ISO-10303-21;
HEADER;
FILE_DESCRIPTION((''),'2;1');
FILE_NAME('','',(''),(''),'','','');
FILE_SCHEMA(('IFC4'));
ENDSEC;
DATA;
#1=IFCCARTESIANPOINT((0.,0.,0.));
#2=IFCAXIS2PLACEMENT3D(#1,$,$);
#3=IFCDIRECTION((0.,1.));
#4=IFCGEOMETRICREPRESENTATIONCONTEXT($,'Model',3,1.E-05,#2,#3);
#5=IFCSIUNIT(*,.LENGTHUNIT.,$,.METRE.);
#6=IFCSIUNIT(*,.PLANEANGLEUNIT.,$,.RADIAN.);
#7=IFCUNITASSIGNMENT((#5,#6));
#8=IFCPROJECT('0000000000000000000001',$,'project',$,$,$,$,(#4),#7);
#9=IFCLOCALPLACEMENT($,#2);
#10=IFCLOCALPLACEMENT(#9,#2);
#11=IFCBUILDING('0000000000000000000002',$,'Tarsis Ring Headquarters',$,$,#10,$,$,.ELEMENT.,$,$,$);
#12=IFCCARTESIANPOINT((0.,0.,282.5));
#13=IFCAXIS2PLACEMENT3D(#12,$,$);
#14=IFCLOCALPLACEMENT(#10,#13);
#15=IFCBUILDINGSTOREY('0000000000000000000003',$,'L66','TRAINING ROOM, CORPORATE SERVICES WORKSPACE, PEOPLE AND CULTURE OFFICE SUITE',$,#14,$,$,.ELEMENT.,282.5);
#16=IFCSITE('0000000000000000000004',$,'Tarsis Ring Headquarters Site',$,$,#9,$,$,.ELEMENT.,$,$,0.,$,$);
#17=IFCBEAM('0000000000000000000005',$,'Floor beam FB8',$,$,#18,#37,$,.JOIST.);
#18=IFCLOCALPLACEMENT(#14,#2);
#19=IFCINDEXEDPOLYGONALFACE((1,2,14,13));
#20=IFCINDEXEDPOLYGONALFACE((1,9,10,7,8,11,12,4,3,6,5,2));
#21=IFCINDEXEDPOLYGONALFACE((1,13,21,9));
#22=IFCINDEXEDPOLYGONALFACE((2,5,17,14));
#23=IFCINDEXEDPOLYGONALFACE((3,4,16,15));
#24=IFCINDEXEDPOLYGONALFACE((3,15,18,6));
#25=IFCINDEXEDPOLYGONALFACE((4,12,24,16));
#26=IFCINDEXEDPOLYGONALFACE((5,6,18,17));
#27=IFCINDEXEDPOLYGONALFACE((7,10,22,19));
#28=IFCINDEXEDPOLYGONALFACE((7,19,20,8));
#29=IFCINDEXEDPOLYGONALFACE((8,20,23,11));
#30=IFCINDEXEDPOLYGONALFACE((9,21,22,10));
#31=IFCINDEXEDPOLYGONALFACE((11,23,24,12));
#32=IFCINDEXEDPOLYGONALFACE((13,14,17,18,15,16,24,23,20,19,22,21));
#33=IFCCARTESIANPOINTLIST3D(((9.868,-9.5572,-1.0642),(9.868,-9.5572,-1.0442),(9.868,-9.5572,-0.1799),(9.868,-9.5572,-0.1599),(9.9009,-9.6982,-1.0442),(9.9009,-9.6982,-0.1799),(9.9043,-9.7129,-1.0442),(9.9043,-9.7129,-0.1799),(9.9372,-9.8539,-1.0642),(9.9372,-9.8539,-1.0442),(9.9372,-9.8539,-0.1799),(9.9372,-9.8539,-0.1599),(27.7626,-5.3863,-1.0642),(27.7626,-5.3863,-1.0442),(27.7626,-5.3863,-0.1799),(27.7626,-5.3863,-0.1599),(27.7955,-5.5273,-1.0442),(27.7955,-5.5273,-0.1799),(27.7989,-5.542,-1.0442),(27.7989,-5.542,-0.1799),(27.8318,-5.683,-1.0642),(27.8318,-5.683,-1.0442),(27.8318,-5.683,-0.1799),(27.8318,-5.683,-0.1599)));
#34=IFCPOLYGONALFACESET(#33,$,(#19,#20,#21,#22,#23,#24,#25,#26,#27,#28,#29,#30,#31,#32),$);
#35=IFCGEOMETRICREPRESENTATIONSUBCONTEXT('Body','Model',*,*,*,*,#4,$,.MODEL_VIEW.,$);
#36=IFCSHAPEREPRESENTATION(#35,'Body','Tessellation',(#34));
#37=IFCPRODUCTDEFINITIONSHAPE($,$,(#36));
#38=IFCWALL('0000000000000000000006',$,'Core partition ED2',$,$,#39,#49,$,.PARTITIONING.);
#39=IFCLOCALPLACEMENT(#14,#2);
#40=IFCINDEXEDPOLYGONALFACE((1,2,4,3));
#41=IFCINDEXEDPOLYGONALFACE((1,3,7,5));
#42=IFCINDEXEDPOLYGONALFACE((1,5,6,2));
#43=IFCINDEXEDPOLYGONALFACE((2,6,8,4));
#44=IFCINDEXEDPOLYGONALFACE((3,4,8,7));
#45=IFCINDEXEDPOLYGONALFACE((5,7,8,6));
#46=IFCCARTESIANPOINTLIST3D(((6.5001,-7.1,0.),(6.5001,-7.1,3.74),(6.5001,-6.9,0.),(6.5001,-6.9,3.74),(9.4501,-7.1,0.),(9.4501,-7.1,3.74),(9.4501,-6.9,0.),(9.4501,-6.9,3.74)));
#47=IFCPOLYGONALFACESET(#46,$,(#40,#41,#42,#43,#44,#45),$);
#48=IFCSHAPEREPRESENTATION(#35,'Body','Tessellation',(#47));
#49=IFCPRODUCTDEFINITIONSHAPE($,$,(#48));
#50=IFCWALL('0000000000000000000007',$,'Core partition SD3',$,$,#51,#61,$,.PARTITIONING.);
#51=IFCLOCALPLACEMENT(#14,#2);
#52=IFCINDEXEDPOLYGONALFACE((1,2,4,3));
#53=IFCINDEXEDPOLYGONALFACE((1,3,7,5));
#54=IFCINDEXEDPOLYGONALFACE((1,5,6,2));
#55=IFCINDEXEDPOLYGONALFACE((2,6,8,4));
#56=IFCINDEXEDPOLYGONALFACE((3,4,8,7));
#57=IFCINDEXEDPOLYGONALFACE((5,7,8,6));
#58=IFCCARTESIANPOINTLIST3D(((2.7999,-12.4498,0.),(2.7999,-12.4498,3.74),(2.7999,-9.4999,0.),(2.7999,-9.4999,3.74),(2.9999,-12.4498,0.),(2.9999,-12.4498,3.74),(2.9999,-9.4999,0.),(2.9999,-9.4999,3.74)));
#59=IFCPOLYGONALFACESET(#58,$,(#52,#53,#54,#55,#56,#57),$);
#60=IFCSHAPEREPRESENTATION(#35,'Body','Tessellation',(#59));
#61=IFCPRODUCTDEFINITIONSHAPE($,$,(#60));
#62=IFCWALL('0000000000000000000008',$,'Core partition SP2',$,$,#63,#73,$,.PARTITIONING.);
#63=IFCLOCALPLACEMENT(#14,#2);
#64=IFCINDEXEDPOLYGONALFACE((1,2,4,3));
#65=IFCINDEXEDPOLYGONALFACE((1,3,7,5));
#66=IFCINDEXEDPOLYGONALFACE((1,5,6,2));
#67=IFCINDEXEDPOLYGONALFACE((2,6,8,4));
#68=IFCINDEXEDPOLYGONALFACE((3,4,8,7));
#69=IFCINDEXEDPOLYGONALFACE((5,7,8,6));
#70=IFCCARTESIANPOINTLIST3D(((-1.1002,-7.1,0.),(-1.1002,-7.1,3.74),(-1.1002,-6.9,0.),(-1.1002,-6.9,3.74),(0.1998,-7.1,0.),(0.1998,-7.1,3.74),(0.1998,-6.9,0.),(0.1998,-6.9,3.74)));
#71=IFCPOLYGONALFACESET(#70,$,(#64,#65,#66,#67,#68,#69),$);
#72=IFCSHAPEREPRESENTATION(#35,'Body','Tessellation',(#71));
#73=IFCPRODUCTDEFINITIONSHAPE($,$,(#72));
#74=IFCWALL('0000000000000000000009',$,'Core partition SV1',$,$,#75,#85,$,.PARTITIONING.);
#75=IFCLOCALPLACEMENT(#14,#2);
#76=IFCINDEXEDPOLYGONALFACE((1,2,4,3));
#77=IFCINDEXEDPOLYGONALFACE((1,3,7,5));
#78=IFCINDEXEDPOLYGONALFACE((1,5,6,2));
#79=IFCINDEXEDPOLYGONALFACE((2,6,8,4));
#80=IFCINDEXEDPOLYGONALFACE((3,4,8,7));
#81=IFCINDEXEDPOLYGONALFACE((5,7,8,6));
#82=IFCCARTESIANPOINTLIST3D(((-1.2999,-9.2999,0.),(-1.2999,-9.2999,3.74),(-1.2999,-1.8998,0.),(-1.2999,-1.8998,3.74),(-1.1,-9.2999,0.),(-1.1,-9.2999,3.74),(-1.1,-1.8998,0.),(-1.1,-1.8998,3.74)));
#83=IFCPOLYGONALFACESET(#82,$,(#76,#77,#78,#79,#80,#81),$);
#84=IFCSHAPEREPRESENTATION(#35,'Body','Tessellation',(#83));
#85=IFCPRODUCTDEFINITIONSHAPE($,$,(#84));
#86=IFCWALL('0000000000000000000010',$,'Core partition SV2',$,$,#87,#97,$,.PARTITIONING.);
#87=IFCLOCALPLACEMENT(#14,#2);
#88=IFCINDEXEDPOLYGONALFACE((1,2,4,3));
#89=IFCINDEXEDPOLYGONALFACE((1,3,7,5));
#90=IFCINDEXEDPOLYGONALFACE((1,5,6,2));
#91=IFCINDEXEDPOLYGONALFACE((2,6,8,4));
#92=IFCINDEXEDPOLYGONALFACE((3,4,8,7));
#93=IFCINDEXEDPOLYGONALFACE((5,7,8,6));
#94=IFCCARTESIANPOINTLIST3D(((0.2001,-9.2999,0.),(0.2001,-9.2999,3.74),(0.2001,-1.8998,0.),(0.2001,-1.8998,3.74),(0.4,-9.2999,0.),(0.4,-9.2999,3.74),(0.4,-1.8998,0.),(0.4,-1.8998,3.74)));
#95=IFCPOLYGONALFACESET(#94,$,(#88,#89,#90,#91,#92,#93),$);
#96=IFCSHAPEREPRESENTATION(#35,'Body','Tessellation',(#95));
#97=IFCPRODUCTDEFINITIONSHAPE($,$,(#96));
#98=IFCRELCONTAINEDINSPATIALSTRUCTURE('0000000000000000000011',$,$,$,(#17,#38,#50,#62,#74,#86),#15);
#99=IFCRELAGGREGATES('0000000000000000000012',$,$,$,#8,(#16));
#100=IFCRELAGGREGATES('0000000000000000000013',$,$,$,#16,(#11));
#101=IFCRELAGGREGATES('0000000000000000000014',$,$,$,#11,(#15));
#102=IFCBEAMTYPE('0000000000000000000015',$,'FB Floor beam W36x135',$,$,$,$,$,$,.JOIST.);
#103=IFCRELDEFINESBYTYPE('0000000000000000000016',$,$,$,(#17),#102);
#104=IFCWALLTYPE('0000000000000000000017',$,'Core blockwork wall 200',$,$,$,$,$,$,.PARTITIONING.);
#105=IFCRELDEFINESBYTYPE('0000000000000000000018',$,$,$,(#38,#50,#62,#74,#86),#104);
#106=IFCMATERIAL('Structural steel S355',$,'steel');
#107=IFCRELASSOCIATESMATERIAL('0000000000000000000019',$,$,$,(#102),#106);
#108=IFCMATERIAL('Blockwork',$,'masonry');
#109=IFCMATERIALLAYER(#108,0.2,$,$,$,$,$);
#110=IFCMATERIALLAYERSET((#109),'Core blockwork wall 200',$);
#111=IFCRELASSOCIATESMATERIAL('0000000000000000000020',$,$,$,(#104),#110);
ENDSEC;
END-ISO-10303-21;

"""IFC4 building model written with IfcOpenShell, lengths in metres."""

from ifc_helpers import new_model, si_unit, direction, frame, frame_2d, origin, origin_2d, place, context, subcontext, project, spatial, rectangle, i_section, extrude, material, layer, layer_set, material_profile, profile_set, type_object, element, save


model = new_model("IFC4")

# Units and contexts
model_context = context("Model", 3, precision=1e-05, world=origin(), true_north=direction((0.0, 1.0)))
body_context = subcontext(model_context, "Body", "Model", "MODEL_VIEW")
ifc_project = project(units=[si_unit("LENGTHUNIT", "METRE"), si_unit("PLANEANGLEUNIT", "RADIAN")], contexts=[model_context])

# Site, building, storey
site_placement = place(None, origin())
site = spatial("IfcSite", under=ifc_project, at=site_placement, Name="Tarsis Ring Headquarters Site", CompositionType="ELEMENT", RefElevation=0.0)
building_placement = place(site_placement, origin())
building = spatial("IfcBuilding", under=site, at=building_placement, Name="Tarsis Ring Headquarters", CompositionType="ELEMENT")
storey_placement = place(building_placement, frame((0.0, 0.0, 282.5)))
storey = spatial("IfcBuildingStorey", under=building, at=storey_placement, Name="L66", Description="TRAINING ROOM, CORPORATE SERVICES WORKSPACE, PEOPLE AND CULTURE OFFICE SUITE", CompositionType="ELEMENT", Elevation=282.5)

# Beam
ifc_material_1 = material(Name="Structural steel S355", Category="steel")
ifc_material_profile = material_profile(ifc_material_1, i_section(OverallWidth=0.3047, OverallDepth=0.9043, WebThickness=0.0151, FlangeThickness=0.02, at=origin_2d()), Name="W36x135")
ifc_profile_set = profile_set([ifc_material_profile], Name="Structural steel S355")
beam_type = type_object("IfcBeamType", Name="FB Floor beam W36x135", PredefinedType="JOIST", material=ifc_profile_set)
beam_placement = place(storey_placement, frame((9.9026, -9.7056, -0.6121), z_axis=(0.973895, 0.226998, 0.0), x_axis=(-0.226998, 0.973895, 0.0)))
element("IfcBeam", 1, at=beam_placement, inside=storey, type_object=beam_type, Name="Floor beam FB8", PredefinedType="JOIST", context=body_context, shape_type="SweptSolid", body=[
    extrude(i_section(OverallWidth=0.3047, OverallDepth=0.9043, WebThickness=0.0151, FlangeThickness=0.02, at=origin_2d()), origin(), (0.0, 0.0, 1.0), 18.3743),
])

# Walls
ifc_material_2 = material(Name="Blockwork", Category="masonry")
ifc_layer_1 = layer(ifc_material_2, 0.2)
ifc_layer_set_1 = layer_set([ifc_layer_1], Name="Core blockwork wall 200")
wall_type_1 = type_object("IfcWallType", Name="Core blockwork wall 200", PredefinedType="PARTITIONING", material=ifc_layer_set_1)
for number, where, z_axis, x_axis, name in (
    (2, (6.5, -7.0, 0.0), (0.0, 0.0, 1.0), (1.0, 0.0, 0.0), "Core partition ED2"),
    (3, (2.8999, -12.45, 0.0), (0.0, 0.0, 1.0), (0.0, 1.0, 0.0), "Core partition SD3"),
):
    element("IfcWall", number, at=place(storey_placement, frame(where, z_axis=z_axis, x_axis=x_axis)), inside=storey, type_object=wall_type_1, Name=name, PredefinedType="PARTITIONING", context=body_context, shape_type="SweptSolid", body=[
        extrude(rectangle(XDim=2.95, YDim=0.2, at=frame_2d((1.4751, 0.0))), origin(), (0.0, 0.0, 1.0), 3.74),
    ])
wall_1_placement = place(storey_placement, frame((-1.1001, -7.0, 0.0), z_axis=(0.0, 0.0, 1.0), x_axis=(1.0, 0.0, 0.0)))
element("IfcWall", 4, at=wall_1_placement, inside=storey, type_object=wall_type_1, Name="Core partition SP2", PredefinedType="PARTITIONING", context=body_context, shape_type="SweptSolid", body=[
    extrude(rectangle(XDim=1.3, YDim=0.2, at=frame_2d((0.6499, 0.0))), origin(), (0.0, 0.0, 1.0), 3.74),
])
for number, where, z_axis, x_axis, name in (
    (5, (-1.2, -9.3, 0.0), (0.0, 0.0, 1.0), (0.0, 1.0, 0.0), "Core partition SV1"),
    (6, (0.3, -9.3, 0.0), (0.0, 0.0, 1.0), (0.0, 1.0, 0.0), "Core partition SV2"),
):
    element("IfcWall", number, at=place(storey_placement, frame(where, z_axis=z_axis, x_axis=x_axis)), inside=storey, type_object=wall_type_1, Name=name, PredefinedType="PARTITIONING", context=body_context, shape_type="SweptSolid", body=[
        extrude(rectangle(XDim=7.4001, YDim=0.2, at=frame_2d((3.7002, 0.0))), origin(), (0.0, 0.0, 1.0), 3.74),
    ])

save(model, "model.ifc")
